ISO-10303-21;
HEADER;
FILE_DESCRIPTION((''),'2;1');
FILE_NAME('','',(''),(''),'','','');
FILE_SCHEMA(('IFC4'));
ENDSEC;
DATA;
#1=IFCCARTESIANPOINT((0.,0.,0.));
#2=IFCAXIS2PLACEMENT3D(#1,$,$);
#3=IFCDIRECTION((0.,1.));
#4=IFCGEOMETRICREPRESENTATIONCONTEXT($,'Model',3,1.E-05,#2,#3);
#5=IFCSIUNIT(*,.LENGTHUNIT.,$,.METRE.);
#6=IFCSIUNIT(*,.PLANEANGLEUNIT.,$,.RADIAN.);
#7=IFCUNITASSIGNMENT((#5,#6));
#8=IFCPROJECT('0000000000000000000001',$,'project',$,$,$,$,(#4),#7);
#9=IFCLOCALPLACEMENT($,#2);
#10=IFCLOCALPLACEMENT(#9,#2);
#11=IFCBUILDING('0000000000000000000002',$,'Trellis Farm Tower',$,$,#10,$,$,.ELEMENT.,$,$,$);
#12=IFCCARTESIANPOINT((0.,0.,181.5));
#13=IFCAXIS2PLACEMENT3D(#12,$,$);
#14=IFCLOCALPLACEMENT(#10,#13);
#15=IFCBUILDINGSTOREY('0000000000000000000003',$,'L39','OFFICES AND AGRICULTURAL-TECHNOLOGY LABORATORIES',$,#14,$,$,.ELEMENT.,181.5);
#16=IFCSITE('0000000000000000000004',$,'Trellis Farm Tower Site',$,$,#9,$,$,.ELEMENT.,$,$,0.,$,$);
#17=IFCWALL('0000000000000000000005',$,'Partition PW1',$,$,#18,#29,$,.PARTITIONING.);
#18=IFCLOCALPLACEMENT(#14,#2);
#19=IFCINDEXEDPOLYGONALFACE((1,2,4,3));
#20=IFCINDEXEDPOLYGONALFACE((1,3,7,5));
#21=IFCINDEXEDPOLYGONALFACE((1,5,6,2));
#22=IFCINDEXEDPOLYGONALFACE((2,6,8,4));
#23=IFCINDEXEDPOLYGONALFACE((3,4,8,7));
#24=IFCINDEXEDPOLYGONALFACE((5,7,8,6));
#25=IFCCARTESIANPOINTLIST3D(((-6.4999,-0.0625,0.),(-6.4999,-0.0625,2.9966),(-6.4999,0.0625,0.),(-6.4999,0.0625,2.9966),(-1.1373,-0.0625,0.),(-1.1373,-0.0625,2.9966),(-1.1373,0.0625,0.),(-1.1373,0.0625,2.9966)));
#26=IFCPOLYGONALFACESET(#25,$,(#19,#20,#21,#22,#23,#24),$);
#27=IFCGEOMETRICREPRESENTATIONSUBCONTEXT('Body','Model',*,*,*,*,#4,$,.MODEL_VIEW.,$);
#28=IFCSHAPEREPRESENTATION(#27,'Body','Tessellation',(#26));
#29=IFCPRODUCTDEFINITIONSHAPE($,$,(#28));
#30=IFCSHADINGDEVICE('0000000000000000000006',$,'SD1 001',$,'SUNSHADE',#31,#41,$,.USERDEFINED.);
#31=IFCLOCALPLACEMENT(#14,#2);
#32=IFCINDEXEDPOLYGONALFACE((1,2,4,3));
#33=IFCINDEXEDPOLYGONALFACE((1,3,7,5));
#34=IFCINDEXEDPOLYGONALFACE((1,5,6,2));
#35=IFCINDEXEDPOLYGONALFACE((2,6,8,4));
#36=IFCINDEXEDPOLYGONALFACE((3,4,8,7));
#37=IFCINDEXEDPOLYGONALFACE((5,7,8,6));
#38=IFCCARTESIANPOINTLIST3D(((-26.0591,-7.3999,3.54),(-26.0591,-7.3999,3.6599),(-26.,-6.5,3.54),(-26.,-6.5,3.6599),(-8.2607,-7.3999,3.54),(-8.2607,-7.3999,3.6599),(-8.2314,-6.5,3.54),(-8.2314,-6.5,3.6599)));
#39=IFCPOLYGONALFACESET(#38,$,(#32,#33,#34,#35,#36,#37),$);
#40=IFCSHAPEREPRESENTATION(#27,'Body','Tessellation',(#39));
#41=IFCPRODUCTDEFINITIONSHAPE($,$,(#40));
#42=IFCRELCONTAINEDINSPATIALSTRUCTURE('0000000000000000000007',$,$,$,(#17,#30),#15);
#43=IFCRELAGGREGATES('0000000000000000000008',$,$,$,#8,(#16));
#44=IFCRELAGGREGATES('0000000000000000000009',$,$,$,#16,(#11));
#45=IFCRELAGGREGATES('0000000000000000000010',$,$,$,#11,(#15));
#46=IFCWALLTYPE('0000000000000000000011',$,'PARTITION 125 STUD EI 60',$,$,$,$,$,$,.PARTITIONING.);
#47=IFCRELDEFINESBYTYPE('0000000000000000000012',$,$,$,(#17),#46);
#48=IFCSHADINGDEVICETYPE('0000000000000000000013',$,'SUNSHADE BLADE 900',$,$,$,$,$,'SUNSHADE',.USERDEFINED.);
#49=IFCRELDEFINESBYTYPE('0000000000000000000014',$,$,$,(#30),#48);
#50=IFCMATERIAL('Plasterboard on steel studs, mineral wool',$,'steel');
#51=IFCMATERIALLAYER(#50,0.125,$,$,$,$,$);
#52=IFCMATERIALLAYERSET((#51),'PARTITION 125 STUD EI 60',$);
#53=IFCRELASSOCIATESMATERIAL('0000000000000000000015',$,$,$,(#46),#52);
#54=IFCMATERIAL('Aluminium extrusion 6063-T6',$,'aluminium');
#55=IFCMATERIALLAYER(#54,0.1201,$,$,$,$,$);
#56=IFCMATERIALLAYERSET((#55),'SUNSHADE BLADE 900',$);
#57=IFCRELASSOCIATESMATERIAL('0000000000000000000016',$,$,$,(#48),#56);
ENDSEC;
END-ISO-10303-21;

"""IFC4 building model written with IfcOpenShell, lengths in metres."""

from ifc_helpers import new_model, si_unit, direction, frame, frame_2d, origin, place, context, subcontext, project, spatial, polyline, rectangle, outline, extrude, source, transform, mapped, material, layer, layer_set, type_object, element, save


model = new_model("IFC4")

# Units and contexts
model_context = context("Model", 3, precision=1e-05, world=origin(), true_north=direction((0.0, 1.0)))
body_context = subcontext(model_context, "Body", "Model", "MODEL_VIEW")
ifc_project = project(units=[si_unit("LENGTHUNIT", "METRE"), si_unit("PLANEANGLEUNIT", "RADIAN")], contexts=[model_context])

# Site, building, storey
site_placement = place(None, origin())
site = spatial("IfcSite", under=ifc_project, at=site_placement, Name="Trellis Farm Tower Site", CompositionType="ELEMENT", RefElevation=0.0)
building_placement = place(site_placement, origin())
building = spatial("IfcBuilding", under=site, at=building_placement, Name="Trellis Farm Tower", CompositionType="ELEMENT")
storey_placement = place(building_placement, frame((0.0, 0.0, 181.5)))
storey = spatial("IfcBuildingStorey", under=building, at=storey_placement, Name="L39", Description="OFFICES AND AGRICULTURAL-TECHNOLOGY LABORATORIES", CompositionType="ELEMENT", Elevation=181.5)

# Shared definitions
ifc_material_1 = material(Name="Aluminium extrusion 6063-T6", Category="aluminium")

# Shared definitions
ifc_material_2 = material(Name="Plasterboard on steel studs, mineral wool", Category="steel")
ifc_layer_1 = layer(ifc_material_2, 0.125)
ifc_layer_set_1 = layer_set([ifc_layer_1], Name="PARTITION 125 STUD EI 60")
wall_type = type_object("IfcWallType", Name="PARTITION 125 STUD EI 60", PredefinedType="PARTITIONING", material=ifc_layer_set_1)

# Shared definitions
shared_shape_1 = source(origin(), body_context, "Body", "SweptSolid", [
    extrude(rectangle(XDim=5.3625, YDim=0.125, at=frame_2d((2.6812, 0.0))), origin(), (0.0, 0.0, 1.0), 2.9966),
])

# Wall
wall_1_placement = place(storey_placement, frame((-1.1375, 0.0, 0.0), z_axis=(0.0, 0.0, 1.0), x_axis=(-1.0, 0.0, 0.0)))
element("IfcWall", 1, at=wall_1_placement, inside=storey, type_object=wall_type, Name="Partition PW1", PredefinedType="PARTITIONING", context=body_context, shape_type="MappedRepresentation", body=[
    mapped(shared_shape_1, transform((0.0, 0.0, 0.0))),
])

# Shading device
ifc_layer_2 = layer(ifc_material_1, 0.1201)
ifc_layer_set_2 = layer_set([ifc_layer_2], Name="SUNSHADE BLADE 900")
shading_device_type = type_object("IfcShadingDeviceType", Name="SUNSHADE BLADE 900", ElementType="SUNSHADE", PredefinedType="USERDEFINED", material=ifc_layer_set_2)
shared_shape_2 = source(origin(), body_context, "Body", "SweptSolid", [
    extrude(outline(polyline([(-26.0591, -7.3999), (-8.2607, -7.3999), (-8.2314, -6.5), (-26.0, -6.5), (-26.0591, -7.3999)])), origin(), (0.0, 0.0, 1.0), 0.1199),
])
shading_device_placement = place(storey_placement, frame((0.0, 0.0, 3.54)))
element("IfcShadingDevice", 2, at=shading_device_placement, inside=storey, type_object=shading_device_type, Name="SD1 001", ObjectType="SUNSHADE", PredefinedType="USERDEFINED", context=body_context, shape_type="MappedRepresentation", body=[
    mapped(shared_shape_2, transform((0.0, 0.0, 0.0))),
])

save(model, "model.ifc")
